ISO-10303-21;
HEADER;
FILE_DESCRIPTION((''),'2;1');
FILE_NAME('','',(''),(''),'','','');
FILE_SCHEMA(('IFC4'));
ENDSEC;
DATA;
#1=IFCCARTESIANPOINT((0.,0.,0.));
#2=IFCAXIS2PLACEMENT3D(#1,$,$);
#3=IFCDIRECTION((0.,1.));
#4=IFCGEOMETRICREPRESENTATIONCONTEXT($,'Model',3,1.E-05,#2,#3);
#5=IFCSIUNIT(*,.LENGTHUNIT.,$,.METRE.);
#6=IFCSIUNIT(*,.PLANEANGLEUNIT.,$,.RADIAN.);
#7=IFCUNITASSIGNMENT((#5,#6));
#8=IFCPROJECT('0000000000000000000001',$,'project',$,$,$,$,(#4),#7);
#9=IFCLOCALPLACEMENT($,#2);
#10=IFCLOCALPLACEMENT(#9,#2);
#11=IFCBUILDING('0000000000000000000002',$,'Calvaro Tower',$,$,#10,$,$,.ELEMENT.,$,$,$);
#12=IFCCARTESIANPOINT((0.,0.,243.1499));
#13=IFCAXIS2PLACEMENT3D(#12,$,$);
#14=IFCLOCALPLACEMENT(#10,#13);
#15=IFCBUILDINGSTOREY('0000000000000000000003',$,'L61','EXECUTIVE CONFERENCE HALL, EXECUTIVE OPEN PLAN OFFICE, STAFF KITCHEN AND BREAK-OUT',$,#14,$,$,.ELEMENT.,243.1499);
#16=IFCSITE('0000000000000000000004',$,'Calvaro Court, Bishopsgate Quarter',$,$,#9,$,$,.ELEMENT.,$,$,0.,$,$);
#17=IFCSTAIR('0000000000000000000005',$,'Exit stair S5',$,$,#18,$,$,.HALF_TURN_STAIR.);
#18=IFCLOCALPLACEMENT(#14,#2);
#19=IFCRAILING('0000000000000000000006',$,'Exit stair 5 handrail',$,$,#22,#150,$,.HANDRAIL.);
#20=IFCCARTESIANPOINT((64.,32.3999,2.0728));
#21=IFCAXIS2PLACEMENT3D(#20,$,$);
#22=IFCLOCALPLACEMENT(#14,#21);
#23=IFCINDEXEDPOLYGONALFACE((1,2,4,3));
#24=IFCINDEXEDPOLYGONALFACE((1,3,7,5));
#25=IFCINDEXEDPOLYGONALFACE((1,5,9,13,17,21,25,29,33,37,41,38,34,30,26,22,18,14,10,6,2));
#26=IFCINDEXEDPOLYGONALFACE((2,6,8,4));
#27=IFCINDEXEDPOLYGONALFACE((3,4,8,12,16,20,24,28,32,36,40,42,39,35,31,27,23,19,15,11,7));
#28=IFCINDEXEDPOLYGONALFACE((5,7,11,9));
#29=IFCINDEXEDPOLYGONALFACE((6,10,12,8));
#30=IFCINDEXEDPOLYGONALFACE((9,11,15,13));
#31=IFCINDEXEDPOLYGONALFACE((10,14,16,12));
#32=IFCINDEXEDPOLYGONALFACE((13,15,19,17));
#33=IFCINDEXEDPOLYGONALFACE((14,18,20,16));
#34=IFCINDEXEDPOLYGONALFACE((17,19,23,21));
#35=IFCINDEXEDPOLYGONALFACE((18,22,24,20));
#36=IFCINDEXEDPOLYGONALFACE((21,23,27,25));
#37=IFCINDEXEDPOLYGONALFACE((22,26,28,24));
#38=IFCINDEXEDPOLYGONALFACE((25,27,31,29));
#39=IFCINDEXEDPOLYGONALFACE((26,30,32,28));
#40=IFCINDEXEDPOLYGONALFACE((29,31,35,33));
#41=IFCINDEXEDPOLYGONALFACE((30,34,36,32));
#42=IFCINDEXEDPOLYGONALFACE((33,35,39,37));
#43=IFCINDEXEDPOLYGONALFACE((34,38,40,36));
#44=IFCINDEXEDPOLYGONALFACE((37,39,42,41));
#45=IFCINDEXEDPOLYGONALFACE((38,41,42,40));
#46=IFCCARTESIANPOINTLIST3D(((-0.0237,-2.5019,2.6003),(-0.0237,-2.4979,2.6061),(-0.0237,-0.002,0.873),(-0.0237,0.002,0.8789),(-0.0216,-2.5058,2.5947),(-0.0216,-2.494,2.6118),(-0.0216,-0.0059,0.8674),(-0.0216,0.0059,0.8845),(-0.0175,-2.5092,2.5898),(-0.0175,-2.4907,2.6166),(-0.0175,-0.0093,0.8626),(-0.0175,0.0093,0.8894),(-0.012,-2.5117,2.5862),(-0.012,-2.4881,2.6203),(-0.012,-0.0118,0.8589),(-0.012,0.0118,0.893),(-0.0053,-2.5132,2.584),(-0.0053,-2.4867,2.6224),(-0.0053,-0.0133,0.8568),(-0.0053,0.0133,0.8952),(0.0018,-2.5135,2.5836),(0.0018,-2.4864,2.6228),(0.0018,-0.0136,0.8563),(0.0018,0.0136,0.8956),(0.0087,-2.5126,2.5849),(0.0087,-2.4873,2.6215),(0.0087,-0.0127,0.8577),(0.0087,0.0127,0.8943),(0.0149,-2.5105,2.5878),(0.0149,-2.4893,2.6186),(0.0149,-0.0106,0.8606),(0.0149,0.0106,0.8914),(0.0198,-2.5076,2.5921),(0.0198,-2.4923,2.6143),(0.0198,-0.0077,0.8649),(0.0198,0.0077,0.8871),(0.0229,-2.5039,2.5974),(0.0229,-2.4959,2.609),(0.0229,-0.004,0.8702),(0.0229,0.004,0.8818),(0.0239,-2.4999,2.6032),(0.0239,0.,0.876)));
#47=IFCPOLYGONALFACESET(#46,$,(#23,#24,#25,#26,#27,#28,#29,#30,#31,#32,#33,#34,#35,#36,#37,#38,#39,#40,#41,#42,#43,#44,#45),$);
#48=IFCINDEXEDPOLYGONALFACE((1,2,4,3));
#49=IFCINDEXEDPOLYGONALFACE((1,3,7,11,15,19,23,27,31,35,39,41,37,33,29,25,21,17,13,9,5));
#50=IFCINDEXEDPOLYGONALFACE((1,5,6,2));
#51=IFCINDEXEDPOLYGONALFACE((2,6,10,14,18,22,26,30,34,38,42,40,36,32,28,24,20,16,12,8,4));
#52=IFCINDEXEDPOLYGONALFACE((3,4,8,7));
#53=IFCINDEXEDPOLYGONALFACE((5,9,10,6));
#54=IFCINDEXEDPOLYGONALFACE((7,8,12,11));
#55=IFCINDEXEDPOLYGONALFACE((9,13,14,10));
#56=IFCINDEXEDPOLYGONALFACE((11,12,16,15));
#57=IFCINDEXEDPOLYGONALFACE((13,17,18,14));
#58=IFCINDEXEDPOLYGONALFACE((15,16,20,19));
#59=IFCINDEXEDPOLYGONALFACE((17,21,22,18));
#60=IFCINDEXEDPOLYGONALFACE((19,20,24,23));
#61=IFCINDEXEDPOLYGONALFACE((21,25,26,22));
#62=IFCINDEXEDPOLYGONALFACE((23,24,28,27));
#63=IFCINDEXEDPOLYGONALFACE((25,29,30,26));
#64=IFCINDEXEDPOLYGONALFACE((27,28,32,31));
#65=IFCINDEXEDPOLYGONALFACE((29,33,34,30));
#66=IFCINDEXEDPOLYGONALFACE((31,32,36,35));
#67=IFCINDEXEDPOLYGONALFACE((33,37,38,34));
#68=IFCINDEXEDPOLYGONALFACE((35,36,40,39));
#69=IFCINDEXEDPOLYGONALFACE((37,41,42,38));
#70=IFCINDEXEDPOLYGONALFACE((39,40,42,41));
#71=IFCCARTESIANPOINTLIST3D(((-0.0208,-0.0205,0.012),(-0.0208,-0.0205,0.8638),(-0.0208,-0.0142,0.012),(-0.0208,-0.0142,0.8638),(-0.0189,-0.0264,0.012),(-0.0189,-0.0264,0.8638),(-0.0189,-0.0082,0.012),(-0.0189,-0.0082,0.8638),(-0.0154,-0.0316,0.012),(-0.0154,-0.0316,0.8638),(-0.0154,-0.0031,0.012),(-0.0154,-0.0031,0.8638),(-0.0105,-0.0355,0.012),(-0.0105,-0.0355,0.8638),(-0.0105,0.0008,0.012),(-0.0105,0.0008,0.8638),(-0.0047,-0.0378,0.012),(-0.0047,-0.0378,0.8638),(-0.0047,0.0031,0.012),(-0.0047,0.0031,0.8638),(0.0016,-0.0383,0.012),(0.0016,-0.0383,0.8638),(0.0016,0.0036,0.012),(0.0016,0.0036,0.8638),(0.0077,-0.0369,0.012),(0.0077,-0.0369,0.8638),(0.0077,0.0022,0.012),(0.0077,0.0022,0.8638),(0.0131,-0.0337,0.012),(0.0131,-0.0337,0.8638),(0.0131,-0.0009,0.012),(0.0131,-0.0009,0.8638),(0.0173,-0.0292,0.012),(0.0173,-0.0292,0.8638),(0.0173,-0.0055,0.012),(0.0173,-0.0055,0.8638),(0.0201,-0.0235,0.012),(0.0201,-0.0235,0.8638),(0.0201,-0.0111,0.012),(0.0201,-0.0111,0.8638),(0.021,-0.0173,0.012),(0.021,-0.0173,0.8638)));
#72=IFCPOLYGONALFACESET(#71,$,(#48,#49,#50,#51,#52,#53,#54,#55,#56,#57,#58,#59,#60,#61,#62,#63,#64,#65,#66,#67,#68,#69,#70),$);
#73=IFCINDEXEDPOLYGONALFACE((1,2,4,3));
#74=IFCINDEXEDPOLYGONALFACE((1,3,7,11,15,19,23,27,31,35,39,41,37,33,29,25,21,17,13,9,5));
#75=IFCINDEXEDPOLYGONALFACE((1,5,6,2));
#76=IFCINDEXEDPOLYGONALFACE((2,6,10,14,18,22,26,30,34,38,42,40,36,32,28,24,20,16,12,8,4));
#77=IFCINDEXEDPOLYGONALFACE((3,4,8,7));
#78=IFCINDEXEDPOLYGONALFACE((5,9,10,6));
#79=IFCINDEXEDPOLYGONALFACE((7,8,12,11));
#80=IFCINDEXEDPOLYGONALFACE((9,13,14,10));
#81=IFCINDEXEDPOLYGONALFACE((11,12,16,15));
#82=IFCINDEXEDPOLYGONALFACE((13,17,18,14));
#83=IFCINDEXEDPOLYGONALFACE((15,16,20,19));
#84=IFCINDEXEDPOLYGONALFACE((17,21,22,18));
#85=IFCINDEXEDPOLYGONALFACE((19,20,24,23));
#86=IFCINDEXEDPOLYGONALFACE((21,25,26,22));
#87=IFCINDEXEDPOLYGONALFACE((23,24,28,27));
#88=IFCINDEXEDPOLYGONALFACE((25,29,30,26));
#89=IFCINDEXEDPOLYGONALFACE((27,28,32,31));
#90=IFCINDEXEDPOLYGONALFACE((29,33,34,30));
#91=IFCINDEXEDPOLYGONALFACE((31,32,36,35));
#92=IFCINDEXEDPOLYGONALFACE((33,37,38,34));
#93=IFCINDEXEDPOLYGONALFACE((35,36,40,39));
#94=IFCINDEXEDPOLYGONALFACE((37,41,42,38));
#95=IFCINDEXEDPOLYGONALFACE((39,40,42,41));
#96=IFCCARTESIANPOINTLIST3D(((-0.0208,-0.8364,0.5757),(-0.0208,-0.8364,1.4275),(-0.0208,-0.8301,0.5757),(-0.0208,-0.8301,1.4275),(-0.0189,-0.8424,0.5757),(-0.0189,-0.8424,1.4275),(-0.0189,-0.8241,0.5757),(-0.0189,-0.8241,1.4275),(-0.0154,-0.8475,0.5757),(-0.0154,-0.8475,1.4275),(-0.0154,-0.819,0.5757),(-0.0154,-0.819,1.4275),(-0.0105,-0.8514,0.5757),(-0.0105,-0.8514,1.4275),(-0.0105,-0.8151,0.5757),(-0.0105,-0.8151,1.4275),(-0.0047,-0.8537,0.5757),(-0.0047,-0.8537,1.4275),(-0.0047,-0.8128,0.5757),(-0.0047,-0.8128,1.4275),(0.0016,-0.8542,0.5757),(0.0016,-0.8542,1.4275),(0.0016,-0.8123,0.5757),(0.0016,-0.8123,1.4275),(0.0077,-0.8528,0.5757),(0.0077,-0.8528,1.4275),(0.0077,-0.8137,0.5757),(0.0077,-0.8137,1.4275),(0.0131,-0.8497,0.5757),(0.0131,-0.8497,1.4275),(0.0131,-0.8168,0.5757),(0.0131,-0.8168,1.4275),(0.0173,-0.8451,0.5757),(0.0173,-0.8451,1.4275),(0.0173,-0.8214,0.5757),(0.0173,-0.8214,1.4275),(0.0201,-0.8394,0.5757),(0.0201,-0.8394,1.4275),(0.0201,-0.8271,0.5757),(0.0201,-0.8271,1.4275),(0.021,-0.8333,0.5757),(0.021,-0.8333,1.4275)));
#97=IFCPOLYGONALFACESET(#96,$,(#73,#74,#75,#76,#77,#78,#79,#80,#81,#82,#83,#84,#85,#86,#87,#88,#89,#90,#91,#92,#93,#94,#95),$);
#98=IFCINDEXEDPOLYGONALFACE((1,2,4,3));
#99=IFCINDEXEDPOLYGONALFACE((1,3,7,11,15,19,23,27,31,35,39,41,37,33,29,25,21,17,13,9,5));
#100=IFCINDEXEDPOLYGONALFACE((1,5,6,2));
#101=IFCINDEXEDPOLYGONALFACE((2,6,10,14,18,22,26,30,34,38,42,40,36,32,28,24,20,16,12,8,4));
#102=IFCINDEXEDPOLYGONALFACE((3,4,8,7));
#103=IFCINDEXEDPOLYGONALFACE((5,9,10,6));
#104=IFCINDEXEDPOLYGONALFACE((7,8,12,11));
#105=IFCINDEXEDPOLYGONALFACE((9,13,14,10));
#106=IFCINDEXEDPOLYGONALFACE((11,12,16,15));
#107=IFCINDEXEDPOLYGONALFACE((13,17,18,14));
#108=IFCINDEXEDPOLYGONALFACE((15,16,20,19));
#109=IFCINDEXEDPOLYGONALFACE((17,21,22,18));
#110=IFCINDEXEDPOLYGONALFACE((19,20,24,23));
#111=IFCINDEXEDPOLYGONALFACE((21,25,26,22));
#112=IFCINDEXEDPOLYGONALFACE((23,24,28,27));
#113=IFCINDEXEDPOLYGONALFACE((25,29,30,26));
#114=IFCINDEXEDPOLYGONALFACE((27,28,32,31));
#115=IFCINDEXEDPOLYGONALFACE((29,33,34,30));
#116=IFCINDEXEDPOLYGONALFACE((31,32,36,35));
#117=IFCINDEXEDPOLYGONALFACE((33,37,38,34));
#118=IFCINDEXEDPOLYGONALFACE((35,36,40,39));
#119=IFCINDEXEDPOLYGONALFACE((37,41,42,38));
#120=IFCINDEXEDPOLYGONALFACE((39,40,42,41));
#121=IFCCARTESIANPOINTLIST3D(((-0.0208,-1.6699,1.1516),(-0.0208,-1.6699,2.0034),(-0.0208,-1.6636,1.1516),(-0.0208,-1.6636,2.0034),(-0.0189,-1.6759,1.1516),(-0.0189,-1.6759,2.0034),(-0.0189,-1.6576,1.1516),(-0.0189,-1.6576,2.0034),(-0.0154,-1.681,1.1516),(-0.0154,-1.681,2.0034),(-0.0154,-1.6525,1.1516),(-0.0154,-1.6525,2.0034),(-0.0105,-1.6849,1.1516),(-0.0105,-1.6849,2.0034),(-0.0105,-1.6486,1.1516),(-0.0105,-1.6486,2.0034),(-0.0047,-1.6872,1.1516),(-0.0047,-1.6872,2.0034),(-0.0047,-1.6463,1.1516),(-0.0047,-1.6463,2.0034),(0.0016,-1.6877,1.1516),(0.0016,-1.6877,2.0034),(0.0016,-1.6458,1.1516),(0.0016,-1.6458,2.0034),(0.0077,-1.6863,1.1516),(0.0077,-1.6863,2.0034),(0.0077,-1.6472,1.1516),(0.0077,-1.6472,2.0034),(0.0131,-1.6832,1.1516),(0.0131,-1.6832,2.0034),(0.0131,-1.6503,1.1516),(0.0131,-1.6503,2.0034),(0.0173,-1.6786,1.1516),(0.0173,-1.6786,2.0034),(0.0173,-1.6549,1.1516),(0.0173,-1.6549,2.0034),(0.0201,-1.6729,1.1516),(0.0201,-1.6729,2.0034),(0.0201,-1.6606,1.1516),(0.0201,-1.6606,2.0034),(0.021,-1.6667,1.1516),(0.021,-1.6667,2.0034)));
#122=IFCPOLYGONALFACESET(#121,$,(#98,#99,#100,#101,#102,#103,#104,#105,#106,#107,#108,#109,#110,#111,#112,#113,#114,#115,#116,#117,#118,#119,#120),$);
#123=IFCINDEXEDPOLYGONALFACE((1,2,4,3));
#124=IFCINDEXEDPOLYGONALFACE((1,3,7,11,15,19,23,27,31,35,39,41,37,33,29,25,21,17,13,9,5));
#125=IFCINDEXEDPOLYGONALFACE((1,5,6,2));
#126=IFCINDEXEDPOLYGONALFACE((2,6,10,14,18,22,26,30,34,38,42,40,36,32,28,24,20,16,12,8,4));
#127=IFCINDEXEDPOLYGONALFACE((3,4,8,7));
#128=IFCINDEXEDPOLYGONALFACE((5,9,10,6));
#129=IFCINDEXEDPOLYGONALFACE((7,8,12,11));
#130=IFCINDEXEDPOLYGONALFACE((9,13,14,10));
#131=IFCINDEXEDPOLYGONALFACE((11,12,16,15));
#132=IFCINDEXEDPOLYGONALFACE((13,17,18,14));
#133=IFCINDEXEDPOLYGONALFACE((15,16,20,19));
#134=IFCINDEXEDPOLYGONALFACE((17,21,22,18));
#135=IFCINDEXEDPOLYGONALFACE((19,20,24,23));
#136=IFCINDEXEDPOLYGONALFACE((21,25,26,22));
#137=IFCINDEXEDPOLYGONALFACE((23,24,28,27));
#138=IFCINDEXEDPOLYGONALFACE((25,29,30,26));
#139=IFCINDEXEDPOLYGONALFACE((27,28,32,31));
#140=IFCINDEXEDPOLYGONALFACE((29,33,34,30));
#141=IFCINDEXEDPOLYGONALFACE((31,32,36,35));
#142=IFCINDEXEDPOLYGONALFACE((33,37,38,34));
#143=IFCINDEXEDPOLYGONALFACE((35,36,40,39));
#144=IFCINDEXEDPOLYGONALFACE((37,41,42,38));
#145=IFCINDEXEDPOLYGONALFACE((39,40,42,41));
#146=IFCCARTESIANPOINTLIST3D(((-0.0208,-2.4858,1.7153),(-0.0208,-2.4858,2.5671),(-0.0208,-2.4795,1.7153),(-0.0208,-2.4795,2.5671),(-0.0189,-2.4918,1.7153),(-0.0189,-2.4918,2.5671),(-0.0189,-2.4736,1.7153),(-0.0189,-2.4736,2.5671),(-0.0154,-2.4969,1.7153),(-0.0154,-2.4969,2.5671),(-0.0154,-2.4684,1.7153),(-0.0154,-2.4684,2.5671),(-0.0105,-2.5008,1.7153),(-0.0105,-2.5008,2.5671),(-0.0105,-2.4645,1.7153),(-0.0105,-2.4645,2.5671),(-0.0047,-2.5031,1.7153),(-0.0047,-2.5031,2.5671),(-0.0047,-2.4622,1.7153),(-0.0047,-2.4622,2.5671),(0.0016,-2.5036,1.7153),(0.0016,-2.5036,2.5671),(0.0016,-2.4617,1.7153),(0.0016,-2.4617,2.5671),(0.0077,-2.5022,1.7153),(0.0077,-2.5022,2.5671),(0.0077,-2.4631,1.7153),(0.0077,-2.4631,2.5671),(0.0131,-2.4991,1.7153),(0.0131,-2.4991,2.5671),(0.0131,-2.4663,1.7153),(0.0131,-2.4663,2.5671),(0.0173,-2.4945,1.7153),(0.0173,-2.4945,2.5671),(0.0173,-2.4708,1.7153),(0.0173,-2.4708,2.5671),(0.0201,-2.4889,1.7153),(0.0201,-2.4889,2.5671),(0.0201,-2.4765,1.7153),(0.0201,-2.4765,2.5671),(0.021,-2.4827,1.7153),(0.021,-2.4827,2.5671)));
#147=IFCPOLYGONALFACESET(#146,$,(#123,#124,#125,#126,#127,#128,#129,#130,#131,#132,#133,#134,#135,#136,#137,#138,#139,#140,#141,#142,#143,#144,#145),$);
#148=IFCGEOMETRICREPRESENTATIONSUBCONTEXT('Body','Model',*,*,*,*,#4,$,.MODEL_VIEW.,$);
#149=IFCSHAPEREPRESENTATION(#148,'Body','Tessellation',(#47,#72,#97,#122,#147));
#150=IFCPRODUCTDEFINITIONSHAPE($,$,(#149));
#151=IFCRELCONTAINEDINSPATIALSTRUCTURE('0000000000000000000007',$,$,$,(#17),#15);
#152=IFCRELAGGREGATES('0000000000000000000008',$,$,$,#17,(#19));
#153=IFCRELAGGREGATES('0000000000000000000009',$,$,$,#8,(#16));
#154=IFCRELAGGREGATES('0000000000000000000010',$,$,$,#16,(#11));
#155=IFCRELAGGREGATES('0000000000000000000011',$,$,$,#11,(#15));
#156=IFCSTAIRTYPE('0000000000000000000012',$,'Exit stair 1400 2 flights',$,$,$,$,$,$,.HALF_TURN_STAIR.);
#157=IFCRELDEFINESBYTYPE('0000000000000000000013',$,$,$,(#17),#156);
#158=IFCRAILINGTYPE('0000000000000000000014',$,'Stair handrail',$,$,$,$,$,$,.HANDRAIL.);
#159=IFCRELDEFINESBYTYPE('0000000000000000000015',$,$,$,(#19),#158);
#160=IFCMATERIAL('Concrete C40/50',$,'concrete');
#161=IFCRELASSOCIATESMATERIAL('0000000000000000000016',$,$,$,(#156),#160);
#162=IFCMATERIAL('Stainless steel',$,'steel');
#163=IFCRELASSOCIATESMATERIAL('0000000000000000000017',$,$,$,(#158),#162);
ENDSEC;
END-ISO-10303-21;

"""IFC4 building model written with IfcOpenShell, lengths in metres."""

from ifc_helpers import new_model, si_unit, direction, frame, origin, origin_2d, place, context, subcontext, project, spatial, circle, extrude, material, type_object, element, aggregate, save


model = new_model("IFC4")

# Units and contexts
model_context = context("Model", 3, precision=1e-05, world=origin(), true_north=direction((0.0, 1.0)))
body_context = subcontext(model_context, "Body", "Model", "MODEL_VIEW")
ifc_project = project(units=[si_unit("LENGTHUNIT", "METRE"), si_unit("PLANEANGLEUNIT", "RADIAN")], contexts=[model_context])

# Site, building, storey
site_placement = place(None, origin())
site = spatial("IfcSite", under=ifc_project, at=site_placement, Name="Calvaro Court, Bishopsgate Quarter", CompositionType="ELEMENT", RefElevation=0.0)
building_placement = place(site_placement, origin())
building = spatial("IfcBuilding", under=site, at=building_placement, Name="Calvaro Tower", CompositionType="ELEMENT")
storey_placement = place(building_placement, frame((0.0, 0.0, 243.1499)))
storey = spatial("IfcBuildingStorey", under=building, at=storey_placement, Name="L61", Description="EXECUTIVE CONFERENCE HALL, EXECUTIVE OPEN PLAN OFFICE, STAFF KITCHEN AND BREAK-OUT", CompositionType="ELEMENT", Elevation=243.1499)

# Stair, railing
ifc_material_1 = material(Name="Concrete C40/50", Category="concrete")
stair_type = type_object("IfcStairType", Name="Exit stair 1400 2 flights", PredefinedType="HALF_TURN_STAIR", material=ifc_material_1)
stair_placement = place(storey_placement, origin())
stair = element("IfcStair", 1, at=stair_placement, inside=storey, type_object=stair_type, Name="Exit stair S5", PredefinedType="HALF_TURN_STAIR")
ifc_material_2 = material(Name="Stainless steel", Category="steel")
railing_type = type_object("IfcRailingType", Name="Stair handrail", PredefinedType="HANDRAIL", material=ifc_material_2)
railing_1_placement = place(storey_placement, frame((64.0, 32.3999, 2.0728)))
railing_1 = element("IfcRailing", 2, at=railing_1_placement, type_object=railing_type, Name="Exit stair 5 handrail", PredefinedType="HANDRAIL", context=body_context, shape_type="SweptSolid", body=[
    extrude(circle(Radius=0.0239, at=origin_2d()), frame((0.0, 0.0, 0.876), z_axis=(0.0, -0.822727, 0.568437), x_axis=(1.0, 0.0, 0.0)), (0.0, 0.0, 1.0), 3.0386),
    extrude(circle(Radius=0.021, at=origin_2d()), frame((0.0, -0.0173, 0.012)), (0.0, 0.0, 1.0), 0.8518),
    extrude(circle(Radius=0.021, at=origin_2d()), frame((0.0, -0.8333, 0.5757)), (0.0, 0.0, 1.0), 0.8518),
    extrude(circle(Radius=0.021, at=origin_2d()), frame((0.0, -1.6667, 1.1516)), (0.0, 0.0, 1.0), 0.8518),
    extrude(circle(Radius=0.021, at=origin_2d()), frame((0.0, -2.4827, 1.7153)), (0.0, 0.0, 1.0), 0.8518),
])
aggregate(stair, [railing_1])

save(model, "model.ifc")
